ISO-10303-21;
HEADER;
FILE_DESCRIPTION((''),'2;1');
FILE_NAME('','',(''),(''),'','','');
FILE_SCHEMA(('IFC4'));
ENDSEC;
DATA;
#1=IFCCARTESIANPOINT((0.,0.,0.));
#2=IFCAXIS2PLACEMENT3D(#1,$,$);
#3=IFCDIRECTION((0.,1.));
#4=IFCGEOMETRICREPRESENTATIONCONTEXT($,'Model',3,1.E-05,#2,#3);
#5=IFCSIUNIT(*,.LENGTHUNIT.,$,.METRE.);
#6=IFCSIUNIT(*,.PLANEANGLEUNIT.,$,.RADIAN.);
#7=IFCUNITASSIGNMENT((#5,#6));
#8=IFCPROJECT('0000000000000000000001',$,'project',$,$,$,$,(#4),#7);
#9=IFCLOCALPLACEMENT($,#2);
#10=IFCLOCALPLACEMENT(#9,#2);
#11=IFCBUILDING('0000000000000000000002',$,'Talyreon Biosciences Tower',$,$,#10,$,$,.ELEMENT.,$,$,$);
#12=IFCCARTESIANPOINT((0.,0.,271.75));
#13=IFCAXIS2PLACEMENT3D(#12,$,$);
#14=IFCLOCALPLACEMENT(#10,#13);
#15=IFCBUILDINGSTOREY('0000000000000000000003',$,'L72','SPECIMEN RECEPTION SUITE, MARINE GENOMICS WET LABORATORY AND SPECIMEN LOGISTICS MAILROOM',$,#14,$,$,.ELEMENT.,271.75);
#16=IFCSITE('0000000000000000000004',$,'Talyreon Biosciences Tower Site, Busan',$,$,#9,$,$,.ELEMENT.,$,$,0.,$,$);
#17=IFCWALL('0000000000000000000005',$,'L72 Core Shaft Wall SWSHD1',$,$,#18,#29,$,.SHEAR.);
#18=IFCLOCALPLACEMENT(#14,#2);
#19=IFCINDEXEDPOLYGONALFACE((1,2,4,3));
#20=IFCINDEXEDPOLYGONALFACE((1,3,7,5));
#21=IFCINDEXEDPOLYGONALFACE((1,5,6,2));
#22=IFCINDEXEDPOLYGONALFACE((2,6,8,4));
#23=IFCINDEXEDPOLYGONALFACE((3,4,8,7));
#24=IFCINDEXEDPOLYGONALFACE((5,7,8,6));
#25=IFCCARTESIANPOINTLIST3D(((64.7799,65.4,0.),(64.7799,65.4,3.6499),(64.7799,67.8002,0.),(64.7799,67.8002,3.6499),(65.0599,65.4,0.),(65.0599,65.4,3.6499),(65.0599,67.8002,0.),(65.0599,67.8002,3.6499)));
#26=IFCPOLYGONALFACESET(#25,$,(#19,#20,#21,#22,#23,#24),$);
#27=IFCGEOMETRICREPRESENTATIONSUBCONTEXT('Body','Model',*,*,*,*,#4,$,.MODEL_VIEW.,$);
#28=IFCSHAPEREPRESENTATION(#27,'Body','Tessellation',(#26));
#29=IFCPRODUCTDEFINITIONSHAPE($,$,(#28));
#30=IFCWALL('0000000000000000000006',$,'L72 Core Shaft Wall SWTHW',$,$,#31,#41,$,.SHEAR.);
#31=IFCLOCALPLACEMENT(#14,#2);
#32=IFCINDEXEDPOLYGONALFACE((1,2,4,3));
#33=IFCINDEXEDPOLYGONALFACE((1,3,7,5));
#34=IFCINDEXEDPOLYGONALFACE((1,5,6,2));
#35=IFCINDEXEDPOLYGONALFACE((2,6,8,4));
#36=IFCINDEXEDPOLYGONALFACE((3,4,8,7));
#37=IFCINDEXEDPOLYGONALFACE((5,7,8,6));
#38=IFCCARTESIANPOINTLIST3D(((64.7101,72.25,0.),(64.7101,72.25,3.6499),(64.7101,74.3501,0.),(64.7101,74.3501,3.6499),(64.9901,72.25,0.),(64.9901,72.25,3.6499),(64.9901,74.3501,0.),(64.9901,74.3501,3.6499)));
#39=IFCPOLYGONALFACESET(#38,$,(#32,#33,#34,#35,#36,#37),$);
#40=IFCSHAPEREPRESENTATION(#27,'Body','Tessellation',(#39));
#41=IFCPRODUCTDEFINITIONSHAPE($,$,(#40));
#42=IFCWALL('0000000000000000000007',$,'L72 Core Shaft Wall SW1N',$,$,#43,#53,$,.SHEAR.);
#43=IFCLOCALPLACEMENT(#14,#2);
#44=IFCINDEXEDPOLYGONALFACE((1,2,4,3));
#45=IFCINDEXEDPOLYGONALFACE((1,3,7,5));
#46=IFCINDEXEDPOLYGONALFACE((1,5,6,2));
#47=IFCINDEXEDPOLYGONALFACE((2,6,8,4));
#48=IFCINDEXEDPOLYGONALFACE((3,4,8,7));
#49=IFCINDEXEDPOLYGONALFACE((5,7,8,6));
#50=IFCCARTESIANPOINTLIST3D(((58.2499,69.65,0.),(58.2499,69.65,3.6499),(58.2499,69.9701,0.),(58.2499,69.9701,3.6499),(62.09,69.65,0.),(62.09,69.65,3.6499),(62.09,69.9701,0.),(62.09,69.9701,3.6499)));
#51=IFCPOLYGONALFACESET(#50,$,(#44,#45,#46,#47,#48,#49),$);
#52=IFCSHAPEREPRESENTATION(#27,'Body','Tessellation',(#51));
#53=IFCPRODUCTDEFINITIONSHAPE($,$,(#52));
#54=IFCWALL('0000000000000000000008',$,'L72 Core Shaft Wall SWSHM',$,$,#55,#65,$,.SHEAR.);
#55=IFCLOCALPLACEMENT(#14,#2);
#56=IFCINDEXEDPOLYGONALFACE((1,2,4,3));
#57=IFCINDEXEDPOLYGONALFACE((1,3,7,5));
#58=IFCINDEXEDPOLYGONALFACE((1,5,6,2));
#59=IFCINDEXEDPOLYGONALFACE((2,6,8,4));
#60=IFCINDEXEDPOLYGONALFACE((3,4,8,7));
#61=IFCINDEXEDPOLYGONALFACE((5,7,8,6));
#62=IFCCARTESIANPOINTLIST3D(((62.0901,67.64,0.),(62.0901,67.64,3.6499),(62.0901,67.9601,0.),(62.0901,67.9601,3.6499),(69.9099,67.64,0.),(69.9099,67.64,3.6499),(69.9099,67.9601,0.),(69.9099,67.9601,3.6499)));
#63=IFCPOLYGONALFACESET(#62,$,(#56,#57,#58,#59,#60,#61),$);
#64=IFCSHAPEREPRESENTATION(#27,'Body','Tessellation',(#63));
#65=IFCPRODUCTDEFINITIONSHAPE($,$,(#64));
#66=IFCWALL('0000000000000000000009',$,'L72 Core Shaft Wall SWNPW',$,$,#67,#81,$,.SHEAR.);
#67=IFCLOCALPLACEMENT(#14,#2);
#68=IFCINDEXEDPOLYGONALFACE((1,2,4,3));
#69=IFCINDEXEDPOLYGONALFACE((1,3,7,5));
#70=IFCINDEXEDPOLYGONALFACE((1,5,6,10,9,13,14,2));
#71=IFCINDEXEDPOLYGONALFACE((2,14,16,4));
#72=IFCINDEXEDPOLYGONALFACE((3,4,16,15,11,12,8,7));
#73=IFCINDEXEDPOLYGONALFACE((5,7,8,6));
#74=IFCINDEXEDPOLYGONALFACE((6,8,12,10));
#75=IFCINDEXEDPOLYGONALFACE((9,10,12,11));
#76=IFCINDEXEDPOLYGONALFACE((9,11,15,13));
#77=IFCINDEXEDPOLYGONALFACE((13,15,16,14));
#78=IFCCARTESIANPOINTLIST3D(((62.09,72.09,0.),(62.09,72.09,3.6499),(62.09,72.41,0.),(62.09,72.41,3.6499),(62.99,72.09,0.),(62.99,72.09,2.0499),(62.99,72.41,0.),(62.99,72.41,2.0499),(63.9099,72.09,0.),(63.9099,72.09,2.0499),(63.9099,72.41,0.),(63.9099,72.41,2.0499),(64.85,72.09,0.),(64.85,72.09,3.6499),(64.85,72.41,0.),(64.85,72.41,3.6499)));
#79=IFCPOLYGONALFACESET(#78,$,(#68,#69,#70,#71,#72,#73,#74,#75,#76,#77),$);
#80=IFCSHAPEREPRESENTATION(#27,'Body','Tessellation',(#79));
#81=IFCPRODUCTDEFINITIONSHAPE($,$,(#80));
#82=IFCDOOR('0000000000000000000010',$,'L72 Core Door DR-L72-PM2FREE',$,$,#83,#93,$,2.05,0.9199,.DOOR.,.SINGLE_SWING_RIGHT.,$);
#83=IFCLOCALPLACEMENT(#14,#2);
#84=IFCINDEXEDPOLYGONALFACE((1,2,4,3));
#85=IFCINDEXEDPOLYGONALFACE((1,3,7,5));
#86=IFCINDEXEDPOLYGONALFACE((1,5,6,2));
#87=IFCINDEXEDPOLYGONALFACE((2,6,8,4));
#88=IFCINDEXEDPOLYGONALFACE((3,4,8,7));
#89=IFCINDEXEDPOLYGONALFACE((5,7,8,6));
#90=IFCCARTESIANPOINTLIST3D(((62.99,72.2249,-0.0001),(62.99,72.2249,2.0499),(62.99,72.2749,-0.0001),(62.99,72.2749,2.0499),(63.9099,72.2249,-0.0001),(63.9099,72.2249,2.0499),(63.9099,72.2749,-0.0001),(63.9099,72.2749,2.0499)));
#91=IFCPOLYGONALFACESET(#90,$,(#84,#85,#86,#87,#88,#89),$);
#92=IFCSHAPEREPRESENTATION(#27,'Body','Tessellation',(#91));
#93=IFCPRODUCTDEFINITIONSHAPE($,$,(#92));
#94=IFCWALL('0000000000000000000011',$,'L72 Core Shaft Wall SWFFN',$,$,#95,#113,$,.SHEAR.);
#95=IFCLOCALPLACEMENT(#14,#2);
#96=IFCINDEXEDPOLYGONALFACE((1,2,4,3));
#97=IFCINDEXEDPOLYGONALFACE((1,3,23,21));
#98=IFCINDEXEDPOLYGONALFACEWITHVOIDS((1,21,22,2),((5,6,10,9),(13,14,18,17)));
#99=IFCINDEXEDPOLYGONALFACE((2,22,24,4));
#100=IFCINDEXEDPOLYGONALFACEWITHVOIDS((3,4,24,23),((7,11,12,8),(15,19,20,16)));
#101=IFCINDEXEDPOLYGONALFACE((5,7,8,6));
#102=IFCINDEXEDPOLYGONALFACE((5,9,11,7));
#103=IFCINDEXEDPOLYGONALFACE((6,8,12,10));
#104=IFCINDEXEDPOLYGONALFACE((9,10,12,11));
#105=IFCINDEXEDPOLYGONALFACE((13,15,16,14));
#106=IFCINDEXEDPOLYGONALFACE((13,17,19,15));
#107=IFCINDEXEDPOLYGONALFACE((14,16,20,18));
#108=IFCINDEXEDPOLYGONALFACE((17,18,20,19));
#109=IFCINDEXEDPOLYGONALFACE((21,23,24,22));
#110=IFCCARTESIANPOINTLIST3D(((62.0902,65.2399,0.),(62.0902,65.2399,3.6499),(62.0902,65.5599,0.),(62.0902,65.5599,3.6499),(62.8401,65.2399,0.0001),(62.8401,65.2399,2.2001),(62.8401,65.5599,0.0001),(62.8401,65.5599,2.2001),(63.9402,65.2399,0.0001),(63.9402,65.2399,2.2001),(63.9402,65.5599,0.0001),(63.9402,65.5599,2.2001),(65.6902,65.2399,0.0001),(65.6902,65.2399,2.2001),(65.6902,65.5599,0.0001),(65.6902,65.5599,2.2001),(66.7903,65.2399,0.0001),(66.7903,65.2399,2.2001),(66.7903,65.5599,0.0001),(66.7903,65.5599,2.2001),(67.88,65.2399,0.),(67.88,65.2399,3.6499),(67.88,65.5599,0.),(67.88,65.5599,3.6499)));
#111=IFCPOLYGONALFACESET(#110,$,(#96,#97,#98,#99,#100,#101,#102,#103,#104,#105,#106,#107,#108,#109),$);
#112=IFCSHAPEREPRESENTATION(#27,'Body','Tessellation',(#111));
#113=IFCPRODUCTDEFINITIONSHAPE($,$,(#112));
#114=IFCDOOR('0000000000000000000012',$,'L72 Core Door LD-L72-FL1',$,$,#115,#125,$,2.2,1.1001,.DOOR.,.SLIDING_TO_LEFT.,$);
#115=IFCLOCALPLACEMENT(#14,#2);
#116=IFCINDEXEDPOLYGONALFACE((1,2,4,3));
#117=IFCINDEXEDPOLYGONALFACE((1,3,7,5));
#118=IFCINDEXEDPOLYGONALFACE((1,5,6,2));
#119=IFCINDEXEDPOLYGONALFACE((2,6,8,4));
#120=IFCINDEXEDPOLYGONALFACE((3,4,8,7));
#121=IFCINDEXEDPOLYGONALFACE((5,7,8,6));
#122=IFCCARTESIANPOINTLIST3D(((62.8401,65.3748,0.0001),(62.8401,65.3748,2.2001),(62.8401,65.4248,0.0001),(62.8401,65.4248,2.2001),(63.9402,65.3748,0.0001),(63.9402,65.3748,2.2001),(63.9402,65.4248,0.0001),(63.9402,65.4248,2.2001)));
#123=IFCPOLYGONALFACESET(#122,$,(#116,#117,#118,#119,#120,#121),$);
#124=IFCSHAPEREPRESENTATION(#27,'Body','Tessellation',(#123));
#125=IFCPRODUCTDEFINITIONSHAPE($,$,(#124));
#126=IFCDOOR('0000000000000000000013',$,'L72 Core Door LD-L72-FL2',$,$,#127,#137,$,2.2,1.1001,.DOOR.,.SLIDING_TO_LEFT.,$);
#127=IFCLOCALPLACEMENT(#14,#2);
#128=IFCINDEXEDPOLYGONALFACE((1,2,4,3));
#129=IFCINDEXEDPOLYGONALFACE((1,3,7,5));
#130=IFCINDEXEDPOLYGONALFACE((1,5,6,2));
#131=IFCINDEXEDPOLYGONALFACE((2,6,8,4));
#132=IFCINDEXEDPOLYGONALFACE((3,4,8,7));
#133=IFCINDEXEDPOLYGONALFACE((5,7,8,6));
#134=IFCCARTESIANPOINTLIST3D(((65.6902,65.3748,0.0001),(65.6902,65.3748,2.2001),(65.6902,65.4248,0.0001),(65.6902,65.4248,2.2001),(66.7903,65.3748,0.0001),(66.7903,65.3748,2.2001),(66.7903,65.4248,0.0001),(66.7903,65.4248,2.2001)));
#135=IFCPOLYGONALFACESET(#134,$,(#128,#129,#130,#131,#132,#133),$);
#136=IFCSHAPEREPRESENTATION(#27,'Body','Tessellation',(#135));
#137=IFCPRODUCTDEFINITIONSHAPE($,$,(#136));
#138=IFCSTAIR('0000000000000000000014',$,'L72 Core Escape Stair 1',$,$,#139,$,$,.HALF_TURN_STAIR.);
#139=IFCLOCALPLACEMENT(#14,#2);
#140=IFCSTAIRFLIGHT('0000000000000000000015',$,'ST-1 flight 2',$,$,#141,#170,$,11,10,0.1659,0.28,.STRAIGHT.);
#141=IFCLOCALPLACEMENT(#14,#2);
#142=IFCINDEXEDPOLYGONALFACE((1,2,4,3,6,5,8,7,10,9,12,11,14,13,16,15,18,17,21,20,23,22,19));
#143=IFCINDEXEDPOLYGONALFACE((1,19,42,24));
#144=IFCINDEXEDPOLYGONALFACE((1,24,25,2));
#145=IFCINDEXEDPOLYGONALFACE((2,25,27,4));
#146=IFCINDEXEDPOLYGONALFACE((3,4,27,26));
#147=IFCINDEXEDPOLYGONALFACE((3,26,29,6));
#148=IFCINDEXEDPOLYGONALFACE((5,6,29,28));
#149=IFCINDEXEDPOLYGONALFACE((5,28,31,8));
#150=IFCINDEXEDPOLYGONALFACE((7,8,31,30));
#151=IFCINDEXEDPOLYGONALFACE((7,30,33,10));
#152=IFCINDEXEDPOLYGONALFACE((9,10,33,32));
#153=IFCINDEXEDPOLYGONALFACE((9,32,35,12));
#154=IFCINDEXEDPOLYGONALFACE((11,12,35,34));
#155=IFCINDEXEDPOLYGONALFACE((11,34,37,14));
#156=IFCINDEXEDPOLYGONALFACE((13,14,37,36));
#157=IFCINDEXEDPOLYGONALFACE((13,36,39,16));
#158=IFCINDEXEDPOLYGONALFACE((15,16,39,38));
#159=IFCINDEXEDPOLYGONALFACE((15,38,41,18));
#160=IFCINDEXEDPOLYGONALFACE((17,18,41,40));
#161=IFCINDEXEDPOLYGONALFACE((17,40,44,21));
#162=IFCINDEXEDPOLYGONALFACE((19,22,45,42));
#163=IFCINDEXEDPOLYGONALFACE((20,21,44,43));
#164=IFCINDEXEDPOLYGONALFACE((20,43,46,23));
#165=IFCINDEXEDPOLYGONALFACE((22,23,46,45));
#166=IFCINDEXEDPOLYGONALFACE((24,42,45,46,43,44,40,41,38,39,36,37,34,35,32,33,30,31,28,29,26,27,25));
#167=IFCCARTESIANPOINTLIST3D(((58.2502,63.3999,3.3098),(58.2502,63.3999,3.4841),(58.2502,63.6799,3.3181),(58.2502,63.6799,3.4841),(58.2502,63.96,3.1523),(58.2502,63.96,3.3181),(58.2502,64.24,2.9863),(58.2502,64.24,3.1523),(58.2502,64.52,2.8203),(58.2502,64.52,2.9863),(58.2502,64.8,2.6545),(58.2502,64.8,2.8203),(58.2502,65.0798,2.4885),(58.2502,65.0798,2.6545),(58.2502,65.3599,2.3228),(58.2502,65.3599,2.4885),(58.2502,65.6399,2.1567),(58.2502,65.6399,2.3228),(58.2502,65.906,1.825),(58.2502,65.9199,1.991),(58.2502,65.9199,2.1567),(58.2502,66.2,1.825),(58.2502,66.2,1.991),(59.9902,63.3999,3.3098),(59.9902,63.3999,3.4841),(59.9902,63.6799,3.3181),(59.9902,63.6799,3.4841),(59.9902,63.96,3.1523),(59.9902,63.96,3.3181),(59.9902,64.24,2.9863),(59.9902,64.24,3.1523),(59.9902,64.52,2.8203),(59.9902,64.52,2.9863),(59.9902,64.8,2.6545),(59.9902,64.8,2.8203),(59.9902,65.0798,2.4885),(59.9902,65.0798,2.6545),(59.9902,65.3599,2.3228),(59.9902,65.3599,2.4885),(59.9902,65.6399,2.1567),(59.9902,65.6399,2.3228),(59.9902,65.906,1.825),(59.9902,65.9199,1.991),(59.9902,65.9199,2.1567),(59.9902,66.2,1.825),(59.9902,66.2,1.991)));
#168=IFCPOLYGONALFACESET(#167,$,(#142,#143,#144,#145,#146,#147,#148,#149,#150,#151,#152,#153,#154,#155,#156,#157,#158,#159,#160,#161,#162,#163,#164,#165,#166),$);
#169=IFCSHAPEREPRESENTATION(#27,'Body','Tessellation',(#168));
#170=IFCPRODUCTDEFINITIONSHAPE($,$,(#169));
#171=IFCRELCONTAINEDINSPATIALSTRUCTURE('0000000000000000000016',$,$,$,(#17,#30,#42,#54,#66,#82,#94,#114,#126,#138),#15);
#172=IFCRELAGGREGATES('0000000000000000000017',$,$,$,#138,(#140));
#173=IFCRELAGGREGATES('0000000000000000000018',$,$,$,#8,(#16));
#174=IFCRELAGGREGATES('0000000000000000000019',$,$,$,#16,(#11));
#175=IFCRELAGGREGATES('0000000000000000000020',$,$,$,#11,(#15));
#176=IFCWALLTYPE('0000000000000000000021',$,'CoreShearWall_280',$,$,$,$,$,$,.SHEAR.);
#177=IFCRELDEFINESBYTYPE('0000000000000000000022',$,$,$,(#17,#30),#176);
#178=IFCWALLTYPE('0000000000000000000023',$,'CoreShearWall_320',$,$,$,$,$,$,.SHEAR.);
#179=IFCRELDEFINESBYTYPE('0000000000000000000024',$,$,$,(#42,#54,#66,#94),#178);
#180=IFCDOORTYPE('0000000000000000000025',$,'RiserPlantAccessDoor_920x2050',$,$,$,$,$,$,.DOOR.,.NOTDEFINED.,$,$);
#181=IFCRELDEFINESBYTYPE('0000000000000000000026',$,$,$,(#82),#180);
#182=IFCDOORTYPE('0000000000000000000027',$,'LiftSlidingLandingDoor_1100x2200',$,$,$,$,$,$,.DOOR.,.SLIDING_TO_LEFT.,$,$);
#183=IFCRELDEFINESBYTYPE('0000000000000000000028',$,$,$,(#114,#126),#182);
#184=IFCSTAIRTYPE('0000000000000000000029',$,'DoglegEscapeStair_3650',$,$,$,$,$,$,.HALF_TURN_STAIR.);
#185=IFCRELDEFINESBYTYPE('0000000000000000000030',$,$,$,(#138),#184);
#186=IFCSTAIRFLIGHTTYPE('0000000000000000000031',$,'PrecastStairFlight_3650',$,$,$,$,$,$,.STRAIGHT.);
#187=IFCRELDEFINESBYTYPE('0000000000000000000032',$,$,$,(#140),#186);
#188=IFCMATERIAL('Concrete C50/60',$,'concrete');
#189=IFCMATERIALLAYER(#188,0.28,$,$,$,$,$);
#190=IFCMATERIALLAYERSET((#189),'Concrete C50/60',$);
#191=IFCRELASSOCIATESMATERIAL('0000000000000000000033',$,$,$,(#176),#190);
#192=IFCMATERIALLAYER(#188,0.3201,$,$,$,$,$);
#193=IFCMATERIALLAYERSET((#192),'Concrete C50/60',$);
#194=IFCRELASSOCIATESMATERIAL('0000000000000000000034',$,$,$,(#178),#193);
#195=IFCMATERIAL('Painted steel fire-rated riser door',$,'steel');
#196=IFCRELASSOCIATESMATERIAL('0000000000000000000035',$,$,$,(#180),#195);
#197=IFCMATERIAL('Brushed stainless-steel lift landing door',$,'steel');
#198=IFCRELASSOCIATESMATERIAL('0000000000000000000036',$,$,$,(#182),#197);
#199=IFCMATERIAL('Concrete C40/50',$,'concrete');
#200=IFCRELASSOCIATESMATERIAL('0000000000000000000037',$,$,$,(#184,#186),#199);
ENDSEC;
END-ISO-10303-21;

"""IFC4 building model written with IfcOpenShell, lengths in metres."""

from ifc_helpers import new_model, si_unit, direction, frame, frame_2d, origin, place, context, subcontext, project, spatial, polyline, rectangle, outline, extrude, material, layer, layer_set, type_object, element, fill, aggregate, save


model = new_model("IFC4")

# Units and contexts
model_context = context("Model", 3, precision=1e-05, world=origin(), true_north=direction((0.0, 1.0)))
body_context = subcontext(model_context, "Body", "Model", "MODEL_VIEW")
ifc_project = project(units=[si_unit("LENGTHUNIT", "METRE"), si_unit("PLANEANGLEUNIT", "RADIAN")], contexts=[model_context])

# Site, building, storey
site_placement = place(None, origin())
site = spatial("IfcSite", under=ifc_project, at=site_placement, Name="Talyreon Biosciences Tower Site, Busan", CompositionType="ELEMENT", RefElevation=0.0)
building_placement = place(site_placement, origin())
building = spatial("IfcBuilding", under=site, at=building_placement, Name="Talyreon Biosciences Tower", CompositionType="ELEMENT")
storey_placement = place(building_placement, frame((0.0, 0.0, 271.75)))
storey = spatial("IfcBuildingStorey", under=building, at=storey_placement, Name="L72", Description="SPECIMEN RECEPTION SUITE, MARINE GENOMICS WET LABORATORY AND SPECIMEN LOGISTICS MAILROOM", CompositionType="ELEMENT", Elevation=271.75)

# Walls
ifc_material_1 = material(Name="Concrete C50/60", Category="concrete")
ifc_layer_1 = layer(ifc_material_1, 0.28)
ifc_layer_set_1 = layer_set([ifc_layer_1], Name="Concrete C50/60")
wall_type_1 = type_object("IfcWallType", Name="CoreShearWall_280", PredefinedType="SHEAR", material=ifc_layer_set_1)
wall_1_placement = place(storey_placement, frame((64.9199, 65.3999, 0.0), z_axis=(0.0, 0.0, 1.0), x_axis=(0.0, 1.0, 0.0)))
element("IfcWall", 1, at=wall_1_placement, inside=storey, type_object=wall_type_1, Name="L72 Core Shaft Wall SWSHD1", PredefinedType="SHEAR", context=body_context, shape_type="SweptSolid", body=[
    extrude(rectangle(XDim=2.4001, YDim=0.28, at=frame_2d((1.2002, 0.0))), origin(), (0.0, 0.0, 1.0), 3.6499),
])
wall_2_placement = place(storey_placement, frame((64.8501, 72.25, 0.0), z_axis=(0.0, 0.0, 1.0), x_axis=(0.0, 1.0, 0.0)))
element("IfcWall", 2, at=wall_2_placement, inside=storey, type_object=wall_type_1, Name="L72 Core Shaft Wall SWTHW", PredefinedType="SHEAR", context=body_context, shape_type="SweptSolid", body=[
    extrude(rectangle(XDim=2.1001, YDim=0.28, at=frame_2d((1.05, 0.0))), origin(), (0.0, 0.0, 1.0), 3.6499),
])
ifc_layer_2 = layer(ifc_material_1, 0.3201)
ifc_layer_set_2 = layer_set([ifc_layer_2], Name="Concrete C50/60")
wall_type_2 = type_object("IfcWallType", Name="CoreShearWall_320", PredefinedType="SHEAR", material=ifc_layer_set_2)
wall_3_placement = place(storey_placement, frame((58.25, 69.8101, 0.0), z_axis=(0.0, 0.0, 1.0), x_axis=(1.0, 0.0, 0.0)))
element("IfcWall", 3, at=wall_3_placement, inside=storey, type_object=wall_type_2, Name="L72 Core Shaft Wall SW1N", PredefinedType="SHEAR", context=body_context, shape_type="SweptSolid", body=[
    extrude(rectangle(XDim=3.8401, YDim=0.3201, at=frame_2d((1.9199, 0.0))), origin(), (0.0, 0.0, 1.0), 3.6499),
])
wall_4_placement = place(storey_placement, frame((62.0901, 67.8, 0.0), z_axis=(0.0, 0.0, 1.0), x_axis=(1.0, 0.0, 0.0)))
element("IfcWall", 4, at=wall_4_placement, inside=storey, type_object=wall_type_2, Name="L72 Core Shaft Wall SWSHM", PredefinedType="SHEAR", context=body_context, shape_type="SweptSolid", body=[
    extrude(rectangle(XDim=7.8198, YDim=0.3201, at=frame_2d((3.9099, 0.0))), origin(), (0.0, 0.0, 1.0), 3.6499),
])

# Wall, opening, door
wall_5_placement = place(storey_placement, frame((62.0901, 72.25, 0.0), z_axis=(0.0, 0.0, 1.0), x_axis=(1.0, 0.0, 0.0)))
wall_5 = element("IfcWall", 5, at=wall_5_placement, inside=storey, type_object=wall_type_2, Name="L72 Core Shaft Wall SWNPW", PredefinedType="SHEAR", context=body_context, shape_type="SweptSolid", body=[
    extrude(rectangle(XDim=2.76, YDim=0.3201, at=frame_2d((1.3799, 0.0))), origin(), (0.0, 0.0, 1.0), 3.6499),
])
opening_1_placement = place(wall_5_placement, frame((0.8999, 0.0, 0.0)))
opening_1 = element("IfcOpeningElement", 6, at=opening_1_placement, cuts=wall_5, PredefinedType="OPENING", context=body_context, shape_type="SweptSolid", body=[
    extrude(rectangle(XDim=0.9199, YDim=2.05, at=frame_2d((0.46, 1.0249))), frame((0.0, 0.1699, 0.0), z_axis=(0.0, -1.0, 0.0), x_axis=(1.0, 0.0, 0.0)), (0.0, 0.0, 1.0), 0.3401),
])
ifc_material_2 = material(Name="Painted steel fire-rated riser door", Category="steel")
door_type_1 = type_object("IfcDoorType", Name="RiserPlantAccessDoor_920x2050", OperationType="NOTDEFINED", PredefinedType="DOOR", material=ifc_material_2)
door_1_placement = place(opening_1_placement, origin())
door_1 = element("IfcDoor", 7, at=door_1_placement, inside=storey, type_object=door_type_1, Name="L72 Core Door DR-L72-PM2FREE", OperationType="SINGLE_SWING_RIGHT", OverallHeight=2.05, OverallWidth=0.9199, PredefinedType="DOOR", context=body_context, shape_type="SweptSolid", body=[
    extrude(rectangle(XDim=0.9199, YDim=2.05, at=frame_2d((0.46, 1.0249))), frame((0.0, 0.0249, 0.0), z_axis=(0.0, -1.0, 0.0), x_axis=(1.0, 0.0, 0.0)), (0.0, 0.0, 1.0), 0.05),
])
fill(opening_1, door_1)

# Wall, openings, doors
wall_6_placement = place(storey_placement, frame((62.0901, 65.3999, 0.0), z_axis=(0.0, 0.0, 1.0), x_axis=(1.0, 0.0, 0.0)))
wall_6 = element("IfcWall", 8, at=wall_6_placement, inside=storey, type_object=wall_type_2, Name="L72 Core Shaft Wall SWFFN", PredefinedType="SHEAR", context=body_context, shape_type="SweptSolid", body=[
    extrude(rectangle(XDim=5.7898, YDim=0.3201, at=frame_2d((2.895, 0.0))), origin(), (0.0, 0.0, 1.0), 3.6499),
])
opening_2_placement = place(wall_6_placement, frame((0.75, 0.0, 0.0)))
opening_2 = element("IfcOpeningElement", 9, at=opening_2_placement, cuts=wall_6, PredefinedType="OPENING", context=body_context, shape_type="SweptSolid", body=[
    extrude(rectangle(XDim=1.1001, YDim=2.2, at=frame_2d((0.55, 1.1001))), frame((0.0, 0.1699, 0.0), z_axis=(0.0, -1.0, 0.0), x_axis=(1.0, 0.0, 0.0)), (0.0, 0.0, 1.0), 0.3401),
])
opening_3_placement = place(wall_6_placement, frame((3.6001, 0.0, 0.0)))
opening_3 = element("IfcOpeningElement", 10, at=opening_3_placement, cuts=wall_6, PredefinedType="OPENING", context=body_context, shape_type="SweptSolid", body=[
    extrude(rectangle(XDim=1.1001, YDim=2.2, at=frame_2d((0.55, 1.1001))), frame((0.0, 0.1699, 0.0), z_axis=(0.0, -1.0, 0.0), x_axis=(1.0, 0.0, 0.0)), (0.0, 0.0, 1.0), 0.3401),
])
ifc_material_3 = material(Name="Brushed stainless-steel lift landing door", Category="steel")
door_type_2 = type_object("IfcDoorType", Name="LiftSlidingLandingDoor_1100x2200", OperationType="SLIDING_TO_LEFT", PredefinedType="DOOR", material=ifc_material_3)
door_2_placement = place(opening_2_placement, origin())
door_2 = element("IfcDoor", 11, at=door_2_placement, inside=storey, type_object=door_type_2, Name="L72 Core Door LD-L72-FL1", OperationType="SLIDING_TO_LEFT", OverallHeight=2.2, OverallWidth=1.1001, PredefinedType="DOOR", context=body_context, shape_type="SweptSolid", body=[
    extrude(rectangle(XDim=1.1001, YDim=2.2, at=frame_2d((0.55, 1.1001))), frame((0.0, 0.0249, 0.0), z_axis=(0.0, -1.0, 0.0), x_axis=(1.0, 0.0, 0.0)), (0.0, 0.0, 1.0), 0.05),
])
fill(opening_2, door_2)
door_3_placement = place(opening_3_placement, origin())
door_3 = element("IfcDoor", 12, at=door_3_placement, inside=storey, type_object=door_type_2, Name="L72 Core Door LD-L72-FL2", OperationType="SLIDING_TO_LEFT", OverallHeight=2.2, OverallWidth=1.1001, PredefinedType="DOOR", context=body_context, shape_type="SweptSolid", body=[
    extrude(rectangle(XDim=1.1001, YDim=2.2, at=frame_2d((0.55, 1.1001))), frame((0.0, 0.0249, 0.0), z_axis=(0.0, -1.0, 0.0), x_axis=(1.0, 0.0, 0.0)), (0.0, 0.0, 1.0), 0.05),
])
fill(opening_3, door_3)

# Stair, stair flight
ifc_material_4 = material(Name="Concrete C40/50", Category="concrete")
stair_type = type_object("IfcStairType", Name="DoglegEscapeStair_3650", PredefinedType="HALF_TURN_STAIR", material=ifc_material_4)
stair_placement = place(storey_placement, origin())
stair = element("IfcStair", 13, at=stair_placement, inside=storey, type_object=stair_type, Name="L72 Core Escape Stair 1", PredefinedType="HALF_TURN_STAIR")
stair_flight_type = type_object("IfcStairFlightType", Name="PrecastStairFlight_3650", PredefinedType="STRAIGHT", material=ifc_material_4)
stair_flight_placement = place(storey_placement, frame((59.1201, 66.2, 1.825), z_axis=(0.0, 0.0, 1.0), x_axis=(0.0, -1.0, 0.0)))
stair_flight = element("IfcStairFlight", 14, at=stair_flight_placement, type_object=stair_flight_type, Name="ST-1 flight 2", NumberOfRisers=11, NumberOfTreads=10, PredefinedType="STRAIGHT", RiserHeight=0.1659, TreadLength=0.28, context=body_context, shape_type="SweptSolid", body=[
    extrude(outline(polyline([(0.0, 0.0), (0.0, 0.166), (0.28, 0.166), (0.28, 0.3318), (0.5601, 0.3318), (0.5601, 0.4978), (0.8401, 0.4978), (0.8401, 0.6636), (1.1201, 0.6636), (1.1201, 0.8296), (1.3999, 0.8296), (1.3999, 0.9954), (1.6799, 0.9954), (1.6799, 1.1614), (1.96, 1.1614), (1.96, 1.3274), (2.24, 1.3274), (2.24, 1.4932), (2.52, 1.4932), (2.52, 1.6592), (2.8, 1.6592), (2.8, 1.825), (2.8, 1.4849), (0.2939, 0.0), (0.0, 0.0)])), frame((0.0, 0.8701, 0.0), z_axis=(0.0, -1.0, 0.0), x_axis=(1.0, 0.0, 0.0)), (0.0, 0.0, 1.0), 1.74),
])
aggregate(stair, [stair_flight])

save(model, "model.ifc")
